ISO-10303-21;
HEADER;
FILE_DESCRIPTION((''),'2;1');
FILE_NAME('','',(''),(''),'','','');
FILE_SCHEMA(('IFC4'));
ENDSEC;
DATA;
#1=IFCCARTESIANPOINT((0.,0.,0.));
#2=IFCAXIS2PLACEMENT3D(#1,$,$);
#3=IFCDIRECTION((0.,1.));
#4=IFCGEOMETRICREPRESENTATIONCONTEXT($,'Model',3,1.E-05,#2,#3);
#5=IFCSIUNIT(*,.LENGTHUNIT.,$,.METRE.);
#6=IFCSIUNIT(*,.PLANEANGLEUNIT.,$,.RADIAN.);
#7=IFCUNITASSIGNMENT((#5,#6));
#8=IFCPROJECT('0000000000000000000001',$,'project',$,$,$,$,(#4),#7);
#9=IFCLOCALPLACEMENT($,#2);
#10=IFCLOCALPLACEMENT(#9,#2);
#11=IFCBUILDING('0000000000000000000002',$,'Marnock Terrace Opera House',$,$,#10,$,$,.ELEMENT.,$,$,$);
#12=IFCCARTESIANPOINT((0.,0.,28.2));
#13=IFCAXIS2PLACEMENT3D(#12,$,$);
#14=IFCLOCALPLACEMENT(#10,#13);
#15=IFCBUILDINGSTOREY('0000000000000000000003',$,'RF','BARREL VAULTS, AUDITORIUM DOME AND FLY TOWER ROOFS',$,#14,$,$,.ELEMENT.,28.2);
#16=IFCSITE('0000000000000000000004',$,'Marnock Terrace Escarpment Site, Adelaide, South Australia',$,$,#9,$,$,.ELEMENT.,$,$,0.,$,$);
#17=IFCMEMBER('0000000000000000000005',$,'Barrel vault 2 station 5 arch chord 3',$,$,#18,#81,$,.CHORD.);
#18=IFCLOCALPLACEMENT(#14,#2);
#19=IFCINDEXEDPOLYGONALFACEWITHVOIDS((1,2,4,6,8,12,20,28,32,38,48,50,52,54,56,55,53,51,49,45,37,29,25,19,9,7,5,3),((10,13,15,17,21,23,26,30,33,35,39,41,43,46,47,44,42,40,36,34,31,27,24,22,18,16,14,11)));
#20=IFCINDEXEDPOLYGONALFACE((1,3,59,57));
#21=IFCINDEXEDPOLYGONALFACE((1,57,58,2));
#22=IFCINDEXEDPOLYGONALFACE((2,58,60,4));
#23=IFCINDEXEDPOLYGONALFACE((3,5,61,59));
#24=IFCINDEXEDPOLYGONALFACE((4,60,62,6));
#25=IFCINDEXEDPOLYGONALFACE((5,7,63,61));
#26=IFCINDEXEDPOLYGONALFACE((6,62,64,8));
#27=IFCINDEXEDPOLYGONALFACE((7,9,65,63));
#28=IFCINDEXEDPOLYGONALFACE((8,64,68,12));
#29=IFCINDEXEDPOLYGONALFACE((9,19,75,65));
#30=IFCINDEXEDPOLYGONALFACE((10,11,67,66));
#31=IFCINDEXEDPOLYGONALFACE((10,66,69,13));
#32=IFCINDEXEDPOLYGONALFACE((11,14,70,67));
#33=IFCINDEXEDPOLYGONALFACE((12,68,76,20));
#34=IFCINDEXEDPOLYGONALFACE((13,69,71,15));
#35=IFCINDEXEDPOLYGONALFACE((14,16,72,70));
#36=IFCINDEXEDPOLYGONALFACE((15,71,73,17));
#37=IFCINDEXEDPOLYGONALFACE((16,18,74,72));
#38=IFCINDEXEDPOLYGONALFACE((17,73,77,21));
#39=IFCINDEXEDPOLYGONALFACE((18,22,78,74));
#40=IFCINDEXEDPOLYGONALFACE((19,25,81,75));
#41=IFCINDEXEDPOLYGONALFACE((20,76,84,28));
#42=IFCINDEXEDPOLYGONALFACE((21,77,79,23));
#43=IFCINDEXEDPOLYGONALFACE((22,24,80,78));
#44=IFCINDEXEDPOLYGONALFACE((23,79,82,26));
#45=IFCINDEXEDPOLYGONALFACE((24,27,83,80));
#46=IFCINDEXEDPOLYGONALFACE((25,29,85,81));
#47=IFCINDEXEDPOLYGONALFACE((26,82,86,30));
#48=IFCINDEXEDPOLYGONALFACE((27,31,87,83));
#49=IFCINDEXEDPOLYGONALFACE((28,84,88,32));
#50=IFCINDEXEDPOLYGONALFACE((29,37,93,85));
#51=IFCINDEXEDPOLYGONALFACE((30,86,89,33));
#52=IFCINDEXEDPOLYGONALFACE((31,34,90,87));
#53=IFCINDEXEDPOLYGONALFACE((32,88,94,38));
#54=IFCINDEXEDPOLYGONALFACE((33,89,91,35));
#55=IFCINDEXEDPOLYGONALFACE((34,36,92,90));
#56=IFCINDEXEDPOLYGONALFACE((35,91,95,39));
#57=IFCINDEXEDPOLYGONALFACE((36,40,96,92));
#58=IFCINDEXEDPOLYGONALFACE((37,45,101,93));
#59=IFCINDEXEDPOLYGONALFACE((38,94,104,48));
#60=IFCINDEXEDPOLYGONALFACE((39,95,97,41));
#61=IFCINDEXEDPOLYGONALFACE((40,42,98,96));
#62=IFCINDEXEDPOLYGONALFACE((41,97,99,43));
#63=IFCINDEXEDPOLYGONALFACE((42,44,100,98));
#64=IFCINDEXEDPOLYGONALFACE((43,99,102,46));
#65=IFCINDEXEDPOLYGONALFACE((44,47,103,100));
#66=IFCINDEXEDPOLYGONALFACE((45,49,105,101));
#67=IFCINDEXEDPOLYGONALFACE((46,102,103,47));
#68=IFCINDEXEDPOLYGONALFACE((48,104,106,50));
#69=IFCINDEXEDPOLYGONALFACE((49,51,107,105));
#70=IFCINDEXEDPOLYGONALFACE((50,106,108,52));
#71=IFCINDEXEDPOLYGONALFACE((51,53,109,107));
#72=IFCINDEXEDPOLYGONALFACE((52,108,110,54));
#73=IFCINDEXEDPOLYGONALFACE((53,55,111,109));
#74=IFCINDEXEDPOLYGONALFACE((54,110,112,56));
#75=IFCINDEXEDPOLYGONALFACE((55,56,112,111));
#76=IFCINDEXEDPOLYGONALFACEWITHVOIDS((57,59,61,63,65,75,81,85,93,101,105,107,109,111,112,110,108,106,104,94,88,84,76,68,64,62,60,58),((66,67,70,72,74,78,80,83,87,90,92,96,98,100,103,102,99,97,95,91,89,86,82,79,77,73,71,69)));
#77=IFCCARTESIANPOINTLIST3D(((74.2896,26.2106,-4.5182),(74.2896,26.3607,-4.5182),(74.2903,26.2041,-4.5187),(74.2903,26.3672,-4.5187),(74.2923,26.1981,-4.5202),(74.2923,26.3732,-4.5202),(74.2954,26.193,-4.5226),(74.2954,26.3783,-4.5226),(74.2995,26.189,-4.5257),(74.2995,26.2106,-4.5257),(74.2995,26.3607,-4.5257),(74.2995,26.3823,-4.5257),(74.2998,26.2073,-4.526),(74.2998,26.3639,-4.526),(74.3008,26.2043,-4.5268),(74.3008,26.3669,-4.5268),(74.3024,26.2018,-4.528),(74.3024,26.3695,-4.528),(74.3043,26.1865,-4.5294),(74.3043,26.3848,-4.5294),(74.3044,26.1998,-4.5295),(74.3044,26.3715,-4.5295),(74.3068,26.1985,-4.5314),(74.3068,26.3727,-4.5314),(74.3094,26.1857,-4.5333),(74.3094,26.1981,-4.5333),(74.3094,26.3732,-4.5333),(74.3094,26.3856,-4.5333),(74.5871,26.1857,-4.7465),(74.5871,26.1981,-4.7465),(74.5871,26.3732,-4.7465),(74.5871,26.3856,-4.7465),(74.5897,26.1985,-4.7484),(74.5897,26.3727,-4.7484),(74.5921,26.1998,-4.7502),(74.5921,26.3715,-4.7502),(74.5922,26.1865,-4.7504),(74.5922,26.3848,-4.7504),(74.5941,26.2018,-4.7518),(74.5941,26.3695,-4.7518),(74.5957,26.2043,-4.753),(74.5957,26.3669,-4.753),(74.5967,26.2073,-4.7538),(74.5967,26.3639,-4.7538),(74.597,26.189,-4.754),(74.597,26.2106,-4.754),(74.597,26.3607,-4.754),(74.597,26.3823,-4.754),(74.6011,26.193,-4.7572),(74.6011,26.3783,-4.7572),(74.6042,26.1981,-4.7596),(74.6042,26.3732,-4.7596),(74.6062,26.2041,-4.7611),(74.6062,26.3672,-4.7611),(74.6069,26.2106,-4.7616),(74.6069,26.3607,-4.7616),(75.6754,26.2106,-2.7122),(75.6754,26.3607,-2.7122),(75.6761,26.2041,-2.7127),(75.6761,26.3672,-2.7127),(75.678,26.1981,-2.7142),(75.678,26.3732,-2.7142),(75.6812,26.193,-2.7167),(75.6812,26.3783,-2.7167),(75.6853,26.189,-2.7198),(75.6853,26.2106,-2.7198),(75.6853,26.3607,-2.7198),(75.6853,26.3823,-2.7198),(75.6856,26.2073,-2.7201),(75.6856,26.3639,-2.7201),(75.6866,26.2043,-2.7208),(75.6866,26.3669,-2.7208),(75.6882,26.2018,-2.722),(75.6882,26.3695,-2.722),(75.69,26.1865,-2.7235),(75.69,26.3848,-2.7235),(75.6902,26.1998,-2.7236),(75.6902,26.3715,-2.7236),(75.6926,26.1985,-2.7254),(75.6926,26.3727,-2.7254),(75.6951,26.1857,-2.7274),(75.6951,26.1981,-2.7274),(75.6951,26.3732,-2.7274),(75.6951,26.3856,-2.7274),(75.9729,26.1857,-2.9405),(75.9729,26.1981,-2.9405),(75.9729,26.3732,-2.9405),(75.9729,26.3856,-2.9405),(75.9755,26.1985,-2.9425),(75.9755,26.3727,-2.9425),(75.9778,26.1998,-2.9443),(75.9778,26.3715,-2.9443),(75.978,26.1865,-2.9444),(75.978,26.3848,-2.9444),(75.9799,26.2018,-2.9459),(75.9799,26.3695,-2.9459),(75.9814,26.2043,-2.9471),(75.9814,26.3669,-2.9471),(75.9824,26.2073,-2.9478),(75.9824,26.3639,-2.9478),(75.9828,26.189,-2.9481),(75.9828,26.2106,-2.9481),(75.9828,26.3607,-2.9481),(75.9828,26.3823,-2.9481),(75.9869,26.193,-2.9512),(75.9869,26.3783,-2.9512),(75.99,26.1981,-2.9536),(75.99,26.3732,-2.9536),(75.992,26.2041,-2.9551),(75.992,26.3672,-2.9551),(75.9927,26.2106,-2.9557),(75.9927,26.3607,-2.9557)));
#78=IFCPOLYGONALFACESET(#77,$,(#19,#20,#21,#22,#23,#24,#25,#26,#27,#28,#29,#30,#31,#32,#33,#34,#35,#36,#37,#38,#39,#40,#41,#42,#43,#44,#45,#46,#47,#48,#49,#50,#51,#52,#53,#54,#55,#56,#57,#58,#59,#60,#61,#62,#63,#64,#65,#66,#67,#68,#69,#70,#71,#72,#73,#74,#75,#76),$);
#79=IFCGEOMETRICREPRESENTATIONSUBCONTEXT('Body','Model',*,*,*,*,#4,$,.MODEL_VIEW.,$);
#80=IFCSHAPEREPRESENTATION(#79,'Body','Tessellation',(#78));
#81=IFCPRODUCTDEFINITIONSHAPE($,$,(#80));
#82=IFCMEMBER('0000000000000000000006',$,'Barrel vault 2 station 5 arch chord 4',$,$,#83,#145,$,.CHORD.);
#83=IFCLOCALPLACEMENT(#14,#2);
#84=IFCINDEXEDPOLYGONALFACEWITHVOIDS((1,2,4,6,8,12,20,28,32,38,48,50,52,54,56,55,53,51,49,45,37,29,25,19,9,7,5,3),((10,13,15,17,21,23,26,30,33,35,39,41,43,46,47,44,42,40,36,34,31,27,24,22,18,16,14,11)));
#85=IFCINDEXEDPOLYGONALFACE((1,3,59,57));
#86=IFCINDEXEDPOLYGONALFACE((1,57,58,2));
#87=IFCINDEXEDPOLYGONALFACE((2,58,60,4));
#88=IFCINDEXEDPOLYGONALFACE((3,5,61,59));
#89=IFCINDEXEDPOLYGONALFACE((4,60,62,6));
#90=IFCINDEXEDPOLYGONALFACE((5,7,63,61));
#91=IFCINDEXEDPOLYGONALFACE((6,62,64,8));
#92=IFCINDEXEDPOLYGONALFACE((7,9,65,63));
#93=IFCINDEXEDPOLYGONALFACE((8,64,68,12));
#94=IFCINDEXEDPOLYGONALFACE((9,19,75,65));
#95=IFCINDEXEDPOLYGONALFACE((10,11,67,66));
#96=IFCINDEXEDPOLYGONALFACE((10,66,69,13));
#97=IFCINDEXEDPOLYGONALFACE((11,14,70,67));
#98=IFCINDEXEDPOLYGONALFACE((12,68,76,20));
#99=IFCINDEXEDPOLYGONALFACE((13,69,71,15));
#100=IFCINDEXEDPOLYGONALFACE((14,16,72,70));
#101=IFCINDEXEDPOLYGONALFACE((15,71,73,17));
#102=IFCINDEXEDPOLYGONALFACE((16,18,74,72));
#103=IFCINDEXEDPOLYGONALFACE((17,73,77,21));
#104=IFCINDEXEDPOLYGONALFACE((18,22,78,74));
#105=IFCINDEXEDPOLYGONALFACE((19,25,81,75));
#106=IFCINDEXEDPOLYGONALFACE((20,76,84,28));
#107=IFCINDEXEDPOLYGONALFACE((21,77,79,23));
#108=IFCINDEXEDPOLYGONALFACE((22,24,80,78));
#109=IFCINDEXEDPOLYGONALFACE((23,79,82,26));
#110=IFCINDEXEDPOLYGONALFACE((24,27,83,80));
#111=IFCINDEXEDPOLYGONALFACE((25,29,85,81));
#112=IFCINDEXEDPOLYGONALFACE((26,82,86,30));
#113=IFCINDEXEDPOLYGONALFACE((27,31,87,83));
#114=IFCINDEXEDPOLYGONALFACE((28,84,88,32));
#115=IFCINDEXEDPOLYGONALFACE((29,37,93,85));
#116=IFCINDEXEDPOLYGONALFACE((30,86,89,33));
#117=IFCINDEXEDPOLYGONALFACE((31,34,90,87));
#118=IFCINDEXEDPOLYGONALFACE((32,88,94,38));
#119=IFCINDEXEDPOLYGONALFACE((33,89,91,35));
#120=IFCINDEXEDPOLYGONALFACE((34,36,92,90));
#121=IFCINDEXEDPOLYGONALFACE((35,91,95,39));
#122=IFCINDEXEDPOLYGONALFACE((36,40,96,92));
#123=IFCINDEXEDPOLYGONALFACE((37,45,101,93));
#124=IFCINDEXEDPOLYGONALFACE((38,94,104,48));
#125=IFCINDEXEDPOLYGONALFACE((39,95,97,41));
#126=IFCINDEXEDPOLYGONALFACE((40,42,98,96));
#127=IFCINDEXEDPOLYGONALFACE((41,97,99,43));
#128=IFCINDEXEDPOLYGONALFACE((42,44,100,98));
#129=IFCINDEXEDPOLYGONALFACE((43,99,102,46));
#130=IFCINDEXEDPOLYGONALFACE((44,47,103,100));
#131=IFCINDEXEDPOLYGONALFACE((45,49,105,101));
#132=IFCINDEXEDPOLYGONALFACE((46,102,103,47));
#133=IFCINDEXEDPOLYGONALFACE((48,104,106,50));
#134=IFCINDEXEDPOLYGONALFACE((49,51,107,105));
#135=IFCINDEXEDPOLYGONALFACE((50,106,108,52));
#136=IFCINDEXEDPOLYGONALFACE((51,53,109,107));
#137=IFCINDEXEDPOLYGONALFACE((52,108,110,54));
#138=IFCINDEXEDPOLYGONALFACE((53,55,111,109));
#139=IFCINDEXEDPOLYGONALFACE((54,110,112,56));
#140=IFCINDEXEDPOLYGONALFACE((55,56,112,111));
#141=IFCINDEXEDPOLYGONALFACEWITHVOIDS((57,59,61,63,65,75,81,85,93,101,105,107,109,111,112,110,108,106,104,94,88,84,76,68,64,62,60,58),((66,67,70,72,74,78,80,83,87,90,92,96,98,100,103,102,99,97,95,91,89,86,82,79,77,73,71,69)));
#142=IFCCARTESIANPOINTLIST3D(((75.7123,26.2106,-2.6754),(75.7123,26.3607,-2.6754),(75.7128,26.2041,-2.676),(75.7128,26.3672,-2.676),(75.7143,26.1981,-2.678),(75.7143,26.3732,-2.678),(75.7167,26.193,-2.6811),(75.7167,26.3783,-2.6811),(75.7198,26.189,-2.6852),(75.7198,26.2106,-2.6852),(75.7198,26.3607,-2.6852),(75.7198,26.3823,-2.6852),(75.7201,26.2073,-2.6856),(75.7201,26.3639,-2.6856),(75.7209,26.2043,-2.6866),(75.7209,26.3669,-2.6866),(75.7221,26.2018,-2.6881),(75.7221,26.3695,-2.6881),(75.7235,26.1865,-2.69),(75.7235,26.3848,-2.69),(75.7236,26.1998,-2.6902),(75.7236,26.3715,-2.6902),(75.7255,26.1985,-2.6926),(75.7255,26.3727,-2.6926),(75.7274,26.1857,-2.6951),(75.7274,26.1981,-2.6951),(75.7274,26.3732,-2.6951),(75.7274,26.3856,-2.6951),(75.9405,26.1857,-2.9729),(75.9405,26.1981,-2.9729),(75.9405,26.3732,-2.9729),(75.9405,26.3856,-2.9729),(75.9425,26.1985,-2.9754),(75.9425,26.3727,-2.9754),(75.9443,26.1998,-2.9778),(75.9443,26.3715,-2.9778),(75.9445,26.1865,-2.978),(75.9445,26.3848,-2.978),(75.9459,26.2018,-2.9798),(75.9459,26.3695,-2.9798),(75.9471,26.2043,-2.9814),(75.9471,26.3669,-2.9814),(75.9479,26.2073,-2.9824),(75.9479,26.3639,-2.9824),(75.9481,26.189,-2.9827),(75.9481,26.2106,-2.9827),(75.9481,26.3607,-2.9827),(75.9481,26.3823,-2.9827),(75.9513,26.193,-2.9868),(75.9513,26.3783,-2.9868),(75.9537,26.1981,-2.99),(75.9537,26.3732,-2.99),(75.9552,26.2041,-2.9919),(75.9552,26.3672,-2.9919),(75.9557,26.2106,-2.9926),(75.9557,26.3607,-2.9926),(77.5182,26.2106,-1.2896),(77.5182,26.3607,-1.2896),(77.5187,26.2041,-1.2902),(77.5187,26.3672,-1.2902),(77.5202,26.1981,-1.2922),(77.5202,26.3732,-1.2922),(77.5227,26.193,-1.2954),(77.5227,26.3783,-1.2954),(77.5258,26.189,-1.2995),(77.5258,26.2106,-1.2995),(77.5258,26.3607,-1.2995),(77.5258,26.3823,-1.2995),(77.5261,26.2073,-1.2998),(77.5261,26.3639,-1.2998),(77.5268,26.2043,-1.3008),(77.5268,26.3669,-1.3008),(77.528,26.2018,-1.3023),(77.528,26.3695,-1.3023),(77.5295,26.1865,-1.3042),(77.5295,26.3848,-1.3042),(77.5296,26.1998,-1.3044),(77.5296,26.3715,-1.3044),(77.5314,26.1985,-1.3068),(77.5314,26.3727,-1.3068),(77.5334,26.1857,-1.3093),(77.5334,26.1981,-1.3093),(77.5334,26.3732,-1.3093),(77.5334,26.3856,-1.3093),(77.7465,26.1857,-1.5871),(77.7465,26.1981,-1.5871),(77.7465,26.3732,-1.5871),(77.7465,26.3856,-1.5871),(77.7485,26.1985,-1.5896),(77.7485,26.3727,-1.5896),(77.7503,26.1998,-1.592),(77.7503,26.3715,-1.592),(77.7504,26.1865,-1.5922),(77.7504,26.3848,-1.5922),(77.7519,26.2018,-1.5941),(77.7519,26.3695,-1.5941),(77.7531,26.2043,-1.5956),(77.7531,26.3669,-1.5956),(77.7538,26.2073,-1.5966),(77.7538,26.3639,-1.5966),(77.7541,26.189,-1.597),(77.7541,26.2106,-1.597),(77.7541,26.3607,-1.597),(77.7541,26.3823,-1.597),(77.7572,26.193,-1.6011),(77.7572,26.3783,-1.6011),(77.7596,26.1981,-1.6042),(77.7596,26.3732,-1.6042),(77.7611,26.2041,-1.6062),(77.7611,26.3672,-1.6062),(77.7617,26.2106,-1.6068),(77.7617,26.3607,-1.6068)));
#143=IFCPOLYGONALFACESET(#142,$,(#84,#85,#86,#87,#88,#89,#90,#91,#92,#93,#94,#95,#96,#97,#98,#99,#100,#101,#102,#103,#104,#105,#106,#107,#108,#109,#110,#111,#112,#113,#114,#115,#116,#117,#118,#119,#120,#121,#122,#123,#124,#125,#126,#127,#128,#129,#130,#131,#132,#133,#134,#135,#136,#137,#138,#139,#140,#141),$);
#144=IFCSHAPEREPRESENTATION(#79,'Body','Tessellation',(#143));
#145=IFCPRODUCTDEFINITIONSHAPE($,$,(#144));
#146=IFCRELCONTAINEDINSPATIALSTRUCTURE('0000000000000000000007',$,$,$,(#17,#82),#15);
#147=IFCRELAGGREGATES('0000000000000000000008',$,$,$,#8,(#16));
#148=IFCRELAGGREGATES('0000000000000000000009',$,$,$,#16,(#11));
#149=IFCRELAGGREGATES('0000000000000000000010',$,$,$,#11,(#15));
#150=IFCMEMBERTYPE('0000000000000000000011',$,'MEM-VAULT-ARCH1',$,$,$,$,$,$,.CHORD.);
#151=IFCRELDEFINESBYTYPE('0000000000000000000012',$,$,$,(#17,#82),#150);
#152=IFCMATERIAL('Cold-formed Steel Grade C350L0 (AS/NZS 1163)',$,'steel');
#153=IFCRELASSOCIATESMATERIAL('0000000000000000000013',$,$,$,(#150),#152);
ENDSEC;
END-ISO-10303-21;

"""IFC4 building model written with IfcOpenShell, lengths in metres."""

from ifc_helpers import new_model, si_unit, direction, frame, origin, origin_2d, place, context, subcontext, project, spatial, hollow_rectangle, extrude, material, material_profile, profile_set, type_object, element, save


model = new_model("IFC4")

# Units and contexts
model_context = context("Model", 3, precision=1e-05, world=origin(), true_north=direction((0.0, 1.0)))
body_context = subcontext(model_context, "Body", "Model", "MODEL_VIEW")
ifc_project = project(units=[si_unit("LENGTHUNIT", "METRE"), si_unit("PLANEANGLEUNIT", "RADIAN")], contexts=[model_context])

# Site, building, storey
site_placement = place(None, origin())
site = spatial("IfcSite", under=ifc_project, at=site_placement, Name="Marnock Terrace Escarpment Site, Adelaide, South Australia", CompositionType="ELEMENT", RefElevation=0.0)
building_placement = place(site_placement, origin())
building = spatial("IfcBuilding", under=site, at=building_placement, Name="Marnock Terrace Opera House", CompositionType="ELEMENT")
storey_placement = place(building_placement, frame((0.0, 0.0, 28.2)))
storey = spatial("IfcBuildingStorey", under=building, at=storey_placement, Name="RF", Description="BARREL VAULTS, AUDITORIUM DOME AND FLY TOWER ROOFS", CompositionType="ELEMENT", Elevation=28.2)

# Members
ifc_material = material(Name="Cold-formed Steel Grade C350L0 (AS/NZS 1163)", Category="steel")
ifc_material_profile_1 = material_profile(ifc_material, hollow_rectangle(XDim=0.2, YDim=0.3999, WallThickness=0.0125, InnerFilletRadius=0.0125, OuterFilletRadius=0.0249, at=origin_2d()))
ifc_profile_set_1 = profile_set([ifc_material_profile_1], Name="Cold-formed Steel Grade C350L0 (AS/NZS 1163)")
member_type_1 = type_object("IfcMemberType", Name="MEM-VAULT-ARCH1", PredefinedType="CHORD", material=ifc_profile_set_1)
for number, where, z_axis, x_axis, name in (
    (1, (74.4482, 26.2856, -4.6399), (0.608767, 0.0, 0.793349), (0.0, 1.0, 0.0), "Barrel vault 2 station 5 arch chord 3"),
    (2, (75.834, 26.2856, -2.834), (0.793349, 0.0, 0.608767), (0.0, 1.0, 0.0), "Barrel vault 2 station 5 arch chord 4"),
):
    element("IfcMember", number, at=place(storey_placement, frame(where, z_axis=z_axis, x_axis=x_axis)), inside=storey, type_object=member_type_1, Name=name, PredefinedType="CHORD", context=body_context, shape_type="SweptSolid", body=[
        extrude(hollow_rectangle(XDim=0.2, YDim=0.3999, WallThickness=0.0125, InnerFilletRadius=0.0125, OuterFilletRadius=0.0249, at=origin_2d()), origin(), (0.0, 0.0, 1.0), 2.2764),
    ])

save(model, "model.ifc")
